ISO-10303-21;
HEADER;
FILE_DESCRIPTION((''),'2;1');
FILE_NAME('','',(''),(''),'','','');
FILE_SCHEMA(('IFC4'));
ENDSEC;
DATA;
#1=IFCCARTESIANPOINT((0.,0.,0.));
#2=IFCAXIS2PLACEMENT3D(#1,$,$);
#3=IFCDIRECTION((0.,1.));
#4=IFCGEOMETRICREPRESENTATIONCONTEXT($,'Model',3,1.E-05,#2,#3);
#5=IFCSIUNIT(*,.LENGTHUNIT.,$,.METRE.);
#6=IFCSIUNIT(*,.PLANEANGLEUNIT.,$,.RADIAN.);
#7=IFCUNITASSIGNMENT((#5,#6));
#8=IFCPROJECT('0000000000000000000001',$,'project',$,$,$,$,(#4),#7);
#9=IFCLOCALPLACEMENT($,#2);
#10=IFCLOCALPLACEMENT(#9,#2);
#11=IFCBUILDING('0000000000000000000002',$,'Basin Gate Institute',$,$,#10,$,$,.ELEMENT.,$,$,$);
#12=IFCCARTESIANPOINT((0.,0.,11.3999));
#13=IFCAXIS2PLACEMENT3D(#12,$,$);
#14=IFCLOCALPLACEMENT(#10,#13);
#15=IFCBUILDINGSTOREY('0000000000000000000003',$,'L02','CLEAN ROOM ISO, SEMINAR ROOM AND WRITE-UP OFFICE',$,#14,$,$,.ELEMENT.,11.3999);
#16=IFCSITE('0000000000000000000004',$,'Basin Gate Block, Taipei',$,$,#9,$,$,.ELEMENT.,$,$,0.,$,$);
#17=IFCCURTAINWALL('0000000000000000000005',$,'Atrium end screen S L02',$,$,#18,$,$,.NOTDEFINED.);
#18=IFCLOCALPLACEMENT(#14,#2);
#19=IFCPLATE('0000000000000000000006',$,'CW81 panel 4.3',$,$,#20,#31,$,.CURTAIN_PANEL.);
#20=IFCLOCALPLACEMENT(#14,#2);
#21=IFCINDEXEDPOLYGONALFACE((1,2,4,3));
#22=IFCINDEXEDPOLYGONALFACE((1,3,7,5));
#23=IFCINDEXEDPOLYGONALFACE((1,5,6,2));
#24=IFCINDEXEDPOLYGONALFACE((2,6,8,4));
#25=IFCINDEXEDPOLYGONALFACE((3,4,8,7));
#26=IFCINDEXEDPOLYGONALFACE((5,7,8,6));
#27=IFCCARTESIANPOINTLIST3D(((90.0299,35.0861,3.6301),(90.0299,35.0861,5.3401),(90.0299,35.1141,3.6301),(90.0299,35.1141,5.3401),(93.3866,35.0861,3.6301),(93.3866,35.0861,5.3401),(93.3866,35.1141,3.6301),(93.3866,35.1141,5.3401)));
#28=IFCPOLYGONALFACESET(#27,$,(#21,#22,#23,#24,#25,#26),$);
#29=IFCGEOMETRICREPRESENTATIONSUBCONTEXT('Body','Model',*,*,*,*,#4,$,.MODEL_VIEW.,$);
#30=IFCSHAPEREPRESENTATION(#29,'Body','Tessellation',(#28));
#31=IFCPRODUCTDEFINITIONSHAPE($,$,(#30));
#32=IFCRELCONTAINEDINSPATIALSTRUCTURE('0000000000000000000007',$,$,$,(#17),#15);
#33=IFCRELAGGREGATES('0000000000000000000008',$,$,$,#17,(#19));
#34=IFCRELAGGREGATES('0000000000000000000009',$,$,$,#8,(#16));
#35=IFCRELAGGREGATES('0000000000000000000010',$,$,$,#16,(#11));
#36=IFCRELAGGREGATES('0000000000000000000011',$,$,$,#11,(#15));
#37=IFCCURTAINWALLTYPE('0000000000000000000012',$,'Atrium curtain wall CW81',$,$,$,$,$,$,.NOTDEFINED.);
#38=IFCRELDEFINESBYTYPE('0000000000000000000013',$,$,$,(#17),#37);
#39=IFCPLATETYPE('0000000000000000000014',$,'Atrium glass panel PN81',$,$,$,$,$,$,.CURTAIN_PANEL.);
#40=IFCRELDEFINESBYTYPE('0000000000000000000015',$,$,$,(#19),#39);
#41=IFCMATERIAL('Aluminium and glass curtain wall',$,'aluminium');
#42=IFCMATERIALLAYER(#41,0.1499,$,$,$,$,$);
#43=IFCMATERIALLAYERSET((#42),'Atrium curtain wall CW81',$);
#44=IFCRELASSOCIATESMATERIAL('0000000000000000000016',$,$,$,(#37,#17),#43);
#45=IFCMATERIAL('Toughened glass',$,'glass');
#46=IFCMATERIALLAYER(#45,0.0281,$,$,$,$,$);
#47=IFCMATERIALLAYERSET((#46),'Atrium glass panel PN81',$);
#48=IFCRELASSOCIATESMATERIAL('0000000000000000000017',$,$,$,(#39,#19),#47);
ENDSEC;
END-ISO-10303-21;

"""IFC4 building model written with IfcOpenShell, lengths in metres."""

from ifc_helpers import new_model, si_unit, direction, frame, origin, origin_2d, place, context, subcontext, project, spatial, rectangle, extrude, material, layer, layer_set, type_object, element, aggregate, save


model = new_model("IFC4")

# Units and contexts
model_context = context("Model", 3, precision=1e-05, world=origin(), true_north=direction((0.0, 1.0)))
body_context = subcontext(model_context, "Body", "Model", "MODEL_VIEW")
ifc_project = project(units=[si_unit("LENGTHUNIT", "METRE"), si_unit("PLANEANGLEUNIT", "RADIAN")], contexts=[model_context])

# Site, building, storey
site_placement = place(None, origin())
site = spatial("IfcSite", under=ifc_project, at=site_placement, Name="Basin Gate Block, Taipei", CompositionType="ELEMENT", RefElevation=0.0)
building_placement = place(site_placement, origin())
building = spatial("IfcBuilding", under=site, at=building_placement, Name="Basin Gate Institute", CompositionType="ELEMENT")
storey_placement = place(building_placement, frame((0.0, 0.0, 11.3999)))
storey = spatial("IfcBuildingStorey", under=building, at=storey_placement, Name="L02", Description="CLEAN ROOM ISO, SEMINAR ROOM AND WRITE-UP OFFICE", CompositionType="ELEMENT", Elevation=11.3999)

# Curtain wall, plate
ifc_material_1 = material(Name="Aluminium and glass curtain wall", Category="aluminium")
ifc_layer_1 = layer(ifc_material_1, 0.1499)
ifc_layer_set_1 = layer_set([ifc_layer_1], Name="Atrium curtain wall CW81")
curtain_wall_type = type_object("IfcCurtainWallType", Name="Atrium curtain wall CW81", PredefinedType="NOTDEFINED", material=ifc_layer_set_1)
curtain_wall_placement = place(storey_placement, origin())
curtain_wall = element("IfcCurtainWall", 1, at=curtain_wall_placement, inside=storey, type_object=curtain_wall_type, material=ifc_layer_set_1, Name="Atrium end screen S L02", PredefinedType="NOTDEFINED")
ifc_material_2 = material(Name="Toughened glass", Category="glass")
ifc_layer_2 = layer(ifc_material_2, 0.0281)
ifc_layer_set_2 = layer_set([ifc_layer_2], Name="Atrium glass panel PN81")
plate_type = type_object("IfcPlateType", Name="Atrium glass panel PN81", PredefinedType="CURTAIN_PANEL", material=ifc_layer_set_2)
plate_1_placement = place(storey_placement, frame((91.7083, 35.1001, 3.6301), z_axis=(0.0, 0.0, 1.0), x_axis=(1.0, 0.0, 0.0)))
plate_1 = element("IfcPlate", 2, at=plate_1_placement, type_object=plate_type, material=ifc_layer_set_2, Name="CW81 panel 4.3", PredefinedType="CURTAIN_PANEL", context=body_context, shape_type="SweptSolid", body=[
    extrude(rectangle(XDim=3.3567, YDim=0.0281, at=origin_2d()), origin(), (0.0, 0.0, 1.0), 1.71),
])
aggregate(curtain_wall, [plate_1])

save(model, "model.ifc")
